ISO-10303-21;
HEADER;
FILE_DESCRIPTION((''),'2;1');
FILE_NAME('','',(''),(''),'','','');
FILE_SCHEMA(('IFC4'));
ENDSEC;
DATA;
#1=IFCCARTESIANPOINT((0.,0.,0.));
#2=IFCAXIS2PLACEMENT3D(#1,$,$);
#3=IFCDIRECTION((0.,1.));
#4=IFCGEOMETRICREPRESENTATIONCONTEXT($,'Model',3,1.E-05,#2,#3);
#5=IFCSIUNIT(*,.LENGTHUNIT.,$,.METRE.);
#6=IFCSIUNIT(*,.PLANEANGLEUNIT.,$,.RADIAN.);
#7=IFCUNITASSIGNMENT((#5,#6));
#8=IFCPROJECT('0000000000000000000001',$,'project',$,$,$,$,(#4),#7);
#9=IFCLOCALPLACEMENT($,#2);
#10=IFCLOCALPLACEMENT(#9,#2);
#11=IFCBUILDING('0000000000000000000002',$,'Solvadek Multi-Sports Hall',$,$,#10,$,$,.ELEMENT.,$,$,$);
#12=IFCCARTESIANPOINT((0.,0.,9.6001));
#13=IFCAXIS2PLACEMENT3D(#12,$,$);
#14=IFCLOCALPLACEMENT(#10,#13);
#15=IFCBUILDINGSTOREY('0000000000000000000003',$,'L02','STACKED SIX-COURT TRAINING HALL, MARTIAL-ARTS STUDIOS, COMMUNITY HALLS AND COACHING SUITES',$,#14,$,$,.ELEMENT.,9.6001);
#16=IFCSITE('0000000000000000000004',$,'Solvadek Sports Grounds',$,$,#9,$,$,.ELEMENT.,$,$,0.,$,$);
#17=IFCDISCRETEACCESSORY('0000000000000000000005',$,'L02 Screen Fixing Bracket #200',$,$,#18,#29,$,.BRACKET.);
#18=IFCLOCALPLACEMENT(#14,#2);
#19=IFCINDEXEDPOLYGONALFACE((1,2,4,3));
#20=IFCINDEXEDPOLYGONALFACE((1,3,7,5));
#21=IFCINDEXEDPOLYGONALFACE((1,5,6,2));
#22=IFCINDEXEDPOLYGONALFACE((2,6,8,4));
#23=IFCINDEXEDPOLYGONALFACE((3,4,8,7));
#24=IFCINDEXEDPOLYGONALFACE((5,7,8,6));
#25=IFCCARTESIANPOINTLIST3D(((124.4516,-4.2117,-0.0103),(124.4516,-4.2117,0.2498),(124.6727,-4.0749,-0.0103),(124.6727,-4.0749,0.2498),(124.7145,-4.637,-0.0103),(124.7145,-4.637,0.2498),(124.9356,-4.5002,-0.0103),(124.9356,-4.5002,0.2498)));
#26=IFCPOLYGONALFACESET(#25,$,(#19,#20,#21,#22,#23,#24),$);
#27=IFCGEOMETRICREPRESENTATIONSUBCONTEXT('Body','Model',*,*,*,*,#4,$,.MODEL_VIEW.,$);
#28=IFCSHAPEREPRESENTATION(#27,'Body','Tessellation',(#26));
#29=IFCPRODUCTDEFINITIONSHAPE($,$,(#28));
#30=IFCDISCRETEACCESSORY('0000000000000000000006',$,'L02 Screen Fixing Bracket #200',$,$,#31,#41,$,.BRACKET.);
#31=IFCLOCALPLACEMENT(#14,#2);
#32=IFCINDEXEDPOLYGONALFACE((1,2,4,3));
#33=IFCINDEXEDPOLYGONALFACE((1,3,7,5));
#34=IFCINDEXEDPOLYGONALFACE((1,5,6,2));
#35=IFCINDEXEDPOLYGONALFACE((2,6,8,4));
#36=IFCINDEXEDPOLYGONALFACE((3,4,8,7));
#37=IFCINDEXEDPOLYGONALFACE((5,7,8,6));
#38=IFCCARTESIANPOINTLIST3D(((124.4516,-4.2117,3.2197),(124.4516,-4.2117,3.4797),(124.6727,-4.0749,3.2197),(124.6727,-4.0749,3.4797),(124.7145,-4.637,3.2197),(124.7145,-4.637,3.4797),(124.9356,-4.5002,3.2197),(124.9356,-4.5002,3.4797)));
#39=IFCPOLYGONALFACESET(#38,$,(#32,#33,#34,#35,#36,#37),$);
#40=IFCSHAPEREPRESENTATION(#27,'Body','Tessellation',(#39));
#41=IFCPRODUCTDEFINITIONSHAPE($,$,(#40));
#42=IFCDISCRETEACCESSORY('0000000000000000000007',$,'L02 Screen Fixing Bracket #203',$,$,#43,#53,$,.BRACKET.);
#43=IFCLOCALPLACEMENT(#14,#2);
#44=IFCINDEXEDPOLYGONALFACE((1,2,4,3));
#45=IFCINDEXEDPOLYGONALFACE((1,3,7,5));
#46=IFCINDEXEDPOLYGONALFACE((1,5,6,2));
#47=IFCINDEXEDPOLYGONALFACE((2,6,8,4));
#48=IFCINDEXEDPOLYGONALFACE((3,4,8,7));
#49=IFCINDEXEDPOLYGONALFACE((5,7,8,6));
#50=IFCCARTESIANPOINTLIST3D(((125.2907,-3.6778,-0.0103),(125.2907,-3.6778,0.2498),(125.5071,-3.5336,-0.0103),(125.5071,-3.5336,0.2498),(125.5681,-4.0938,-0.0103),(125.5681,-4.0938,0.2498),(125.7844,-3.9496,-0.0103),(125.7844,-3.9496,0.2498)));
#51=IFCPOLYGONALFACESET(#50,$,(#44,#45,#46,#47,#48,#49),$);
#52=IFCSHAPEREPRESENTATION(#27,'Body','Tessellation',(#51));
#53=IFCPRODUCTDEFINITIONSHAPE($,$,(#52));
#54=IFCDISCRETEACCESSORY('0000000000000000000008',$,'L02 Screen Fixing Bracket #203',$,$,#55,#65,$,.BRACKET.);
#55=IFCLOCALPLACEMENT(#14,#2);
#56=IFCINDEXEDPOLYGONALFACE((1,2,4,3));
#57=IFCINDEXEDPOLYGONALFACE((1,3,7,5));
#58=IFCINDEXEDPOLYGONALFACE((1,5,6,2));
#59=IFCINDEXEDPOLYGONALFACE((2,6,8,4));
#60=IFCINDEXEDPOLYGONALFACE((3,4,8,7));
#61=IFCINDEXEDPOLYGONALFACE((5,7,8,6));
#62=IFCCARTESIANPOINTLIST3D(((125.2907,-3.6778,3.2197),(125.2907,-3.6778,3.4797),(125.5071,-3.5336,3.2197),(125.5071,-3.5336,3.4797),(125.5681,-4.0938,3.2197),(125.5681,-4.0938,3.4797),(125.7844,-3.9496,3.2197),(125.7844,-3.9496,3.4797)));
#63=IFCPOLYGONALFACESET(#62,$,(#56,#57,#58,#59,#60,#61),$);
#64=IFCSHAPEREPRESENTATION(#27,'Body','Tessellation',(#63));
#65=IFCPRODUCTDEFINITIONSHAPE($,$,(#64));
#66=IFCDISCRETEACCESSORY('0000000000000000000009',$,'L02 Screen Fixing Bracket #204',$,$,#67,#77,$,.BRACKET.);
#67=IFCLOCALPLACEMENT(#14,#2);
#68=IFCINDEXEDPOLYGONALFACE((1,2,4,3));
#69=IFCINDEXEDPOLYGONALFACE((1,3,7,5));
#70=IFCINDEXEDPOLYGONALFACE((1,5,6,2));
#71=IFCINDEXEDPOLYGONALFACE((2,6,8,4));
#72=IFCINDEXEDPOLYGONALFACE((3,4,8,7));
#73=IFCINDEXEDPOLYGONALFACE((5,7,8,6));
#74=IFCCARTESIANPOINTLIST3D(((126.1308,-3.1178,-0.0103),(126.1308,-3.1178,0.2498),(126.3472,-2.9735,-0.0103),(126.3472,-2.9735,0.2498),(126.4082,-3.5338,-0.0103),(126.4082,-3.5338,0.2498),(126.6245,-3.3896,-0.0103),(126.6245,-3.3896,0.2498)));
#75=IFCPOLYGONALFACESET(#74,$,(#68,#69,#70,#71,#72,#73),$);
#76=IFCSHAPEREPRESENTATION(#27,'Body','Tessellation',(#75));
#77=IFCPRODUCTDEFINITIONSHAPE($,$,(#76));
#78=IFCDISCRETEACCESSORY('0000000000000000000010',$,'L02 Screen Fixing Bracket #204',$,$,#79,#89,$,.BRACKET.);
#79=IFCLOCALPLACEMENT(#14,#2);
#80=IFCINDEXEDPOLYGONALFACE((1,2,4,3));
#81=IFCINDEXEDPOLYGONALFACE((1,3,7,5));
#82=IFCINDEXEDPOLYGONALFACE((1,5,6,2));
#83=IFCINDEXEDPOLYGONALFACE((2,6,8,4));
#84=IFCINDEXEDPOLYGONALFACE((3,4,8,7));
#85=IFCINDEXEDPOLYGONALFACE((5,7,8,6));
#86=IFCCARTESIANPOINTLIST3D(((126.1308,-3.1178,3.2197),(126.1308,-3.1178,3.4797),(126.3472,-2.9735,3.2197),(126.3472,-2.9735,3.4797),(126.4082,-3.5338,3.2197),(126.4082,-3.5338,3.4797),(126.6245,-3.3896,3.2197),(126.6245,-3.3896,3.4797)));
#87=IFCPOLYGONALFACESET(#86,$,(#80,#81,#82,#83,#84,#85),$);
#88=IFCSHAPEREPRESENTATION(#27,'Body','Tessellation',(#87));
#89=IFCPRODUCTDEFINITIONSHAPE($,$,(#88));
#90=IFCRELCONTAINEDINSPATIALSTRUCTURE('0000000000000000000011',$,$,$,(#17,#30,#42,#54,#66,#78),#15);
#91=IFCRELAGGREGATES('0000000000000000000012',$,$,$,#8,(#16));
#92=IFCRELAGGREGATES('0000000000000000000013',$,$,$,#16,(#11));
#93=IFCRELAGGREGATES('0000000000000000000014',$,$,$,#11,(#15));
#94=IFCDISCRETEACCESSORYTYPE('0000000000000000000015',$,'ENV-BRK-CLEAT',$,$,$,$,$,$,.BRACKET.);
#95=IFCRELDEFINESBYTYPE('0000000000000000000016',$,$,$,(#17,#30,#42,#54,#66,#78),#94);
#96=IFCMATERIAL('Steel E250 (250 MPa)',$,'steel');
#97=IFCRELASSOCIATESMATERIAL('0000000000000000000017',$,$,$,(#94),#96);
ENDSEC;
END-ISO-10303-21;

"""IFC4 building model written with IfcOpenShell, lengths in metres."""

from ifc_helpers import new_model, si_unit, direction, frame, origin, origin_2d, place, context, subcontext, project, spatial, rectangle, extrude, material, type_object, element, save


model = new_model("IFC4")

# Units and contexts
model_context = context("Model", 3, precision=1e-05, world=origin(), true_north=direction((0.0, 1.0)))
body_context = subcontext(model_context, "Body", "Model", "MODEL_VIEW")
ifc_project = project(units=[si_unit("LENGTHUNIT", "METRE"), si_unit("PLANEANGLEUNIT", "RADIAN")], contexts=[model_context])

# Site, building, storey
site_placement = place(None, origin())
site = spatial("IfcSite", under=ifc_project, at=site_placement, Name="Solvadek Sports Grounds", CompositionType="ELEMENT", RefElevation=0.0)
building_placement = place(site_placement, origin())
building = spatial("IfcBuilding", under=site, at=building_placement, Name="Solvadek Multi-Sports Hall", CompositionType="ELEMENT")
storey_placement = place(building_placement, frame((0.0, 0.0, 9.6001)))
storey = spatial("IfcBuildingStorey", under=building, at=storey_placement, Name="L02", Description="STACKED SIX-COURT TRAINING HALL, MARTIAL-ARTS STUDIOS, COMMUNITY HALLS AND COACHING SUITES", CompositionType="ELEMENT", Elevation=9.6001)

# Discrete accessories
ifc_material_1 = material(Name="Steel E250 (250 MPa)", Category="steel")
discrete_accessory_type = type_object("IfcDiscreteAccessoryType", Name="ENV-BRK-CLEAT", PredefinedType="BRACKET", material=ifc_material_1)
for number, where, z_axis, x_axis, name in (
    (1, (124.6936, -4.356, -0.0103), (0.0, 0.0, 1.0), (0.850582, 0.525842, 0.0), "L02 Screen Fixing Bracket #200"),
    (2, (124.6936, -4.356, 3.2197), (0.0, 0.0, 1.0), (0.850582, 0.525842, 0.0), "L02 Screen Fixing Bracket #200"),
    (3, (125.5376, -3.8137, -0.0103), (0.0, 0.0, 1.0), (0.832027, 0.554734, 0.0), "L02 Screen Fixing Bracket #203"),
    (4, (125.5376, -3.8137, 3.2197), (0.0, 0.0, 1.0), (0.832027, 0.554734, 0.0), "L02 Screen Fixing Bracket #203"),
    (5, (126.3777, -3.2537, -0.0103), (0.0, 0.0, 1.0), (0.832027, 0.554734, 0.0), "L02 Screen Fixing Bracket #204"),
    (6, (126.3777, -3.2537, 3.2197), (0.0, 0.0, 1.0), (0.832027, 0.554734, 0.0), "L02 Screen Fixing Bracket #204"),
):
    element("IfcDiscreteAccessory", number, at=place(storey_placement, frame(where, z_axis=z_axis, x_axis=x_axis)), inside=storey, type_object=discrete_accessory_type, Name=name, PredefinedType="BRACKET", context=body_context, shape_type="SweptSolid", body=[
        extrude(rectangle(XDim=0.26, YDim=0.5, at=origin_2d()), origin(), (0.0, 0.0, 1.0), 0.26),
    ])

save(model, "model.ifc")
